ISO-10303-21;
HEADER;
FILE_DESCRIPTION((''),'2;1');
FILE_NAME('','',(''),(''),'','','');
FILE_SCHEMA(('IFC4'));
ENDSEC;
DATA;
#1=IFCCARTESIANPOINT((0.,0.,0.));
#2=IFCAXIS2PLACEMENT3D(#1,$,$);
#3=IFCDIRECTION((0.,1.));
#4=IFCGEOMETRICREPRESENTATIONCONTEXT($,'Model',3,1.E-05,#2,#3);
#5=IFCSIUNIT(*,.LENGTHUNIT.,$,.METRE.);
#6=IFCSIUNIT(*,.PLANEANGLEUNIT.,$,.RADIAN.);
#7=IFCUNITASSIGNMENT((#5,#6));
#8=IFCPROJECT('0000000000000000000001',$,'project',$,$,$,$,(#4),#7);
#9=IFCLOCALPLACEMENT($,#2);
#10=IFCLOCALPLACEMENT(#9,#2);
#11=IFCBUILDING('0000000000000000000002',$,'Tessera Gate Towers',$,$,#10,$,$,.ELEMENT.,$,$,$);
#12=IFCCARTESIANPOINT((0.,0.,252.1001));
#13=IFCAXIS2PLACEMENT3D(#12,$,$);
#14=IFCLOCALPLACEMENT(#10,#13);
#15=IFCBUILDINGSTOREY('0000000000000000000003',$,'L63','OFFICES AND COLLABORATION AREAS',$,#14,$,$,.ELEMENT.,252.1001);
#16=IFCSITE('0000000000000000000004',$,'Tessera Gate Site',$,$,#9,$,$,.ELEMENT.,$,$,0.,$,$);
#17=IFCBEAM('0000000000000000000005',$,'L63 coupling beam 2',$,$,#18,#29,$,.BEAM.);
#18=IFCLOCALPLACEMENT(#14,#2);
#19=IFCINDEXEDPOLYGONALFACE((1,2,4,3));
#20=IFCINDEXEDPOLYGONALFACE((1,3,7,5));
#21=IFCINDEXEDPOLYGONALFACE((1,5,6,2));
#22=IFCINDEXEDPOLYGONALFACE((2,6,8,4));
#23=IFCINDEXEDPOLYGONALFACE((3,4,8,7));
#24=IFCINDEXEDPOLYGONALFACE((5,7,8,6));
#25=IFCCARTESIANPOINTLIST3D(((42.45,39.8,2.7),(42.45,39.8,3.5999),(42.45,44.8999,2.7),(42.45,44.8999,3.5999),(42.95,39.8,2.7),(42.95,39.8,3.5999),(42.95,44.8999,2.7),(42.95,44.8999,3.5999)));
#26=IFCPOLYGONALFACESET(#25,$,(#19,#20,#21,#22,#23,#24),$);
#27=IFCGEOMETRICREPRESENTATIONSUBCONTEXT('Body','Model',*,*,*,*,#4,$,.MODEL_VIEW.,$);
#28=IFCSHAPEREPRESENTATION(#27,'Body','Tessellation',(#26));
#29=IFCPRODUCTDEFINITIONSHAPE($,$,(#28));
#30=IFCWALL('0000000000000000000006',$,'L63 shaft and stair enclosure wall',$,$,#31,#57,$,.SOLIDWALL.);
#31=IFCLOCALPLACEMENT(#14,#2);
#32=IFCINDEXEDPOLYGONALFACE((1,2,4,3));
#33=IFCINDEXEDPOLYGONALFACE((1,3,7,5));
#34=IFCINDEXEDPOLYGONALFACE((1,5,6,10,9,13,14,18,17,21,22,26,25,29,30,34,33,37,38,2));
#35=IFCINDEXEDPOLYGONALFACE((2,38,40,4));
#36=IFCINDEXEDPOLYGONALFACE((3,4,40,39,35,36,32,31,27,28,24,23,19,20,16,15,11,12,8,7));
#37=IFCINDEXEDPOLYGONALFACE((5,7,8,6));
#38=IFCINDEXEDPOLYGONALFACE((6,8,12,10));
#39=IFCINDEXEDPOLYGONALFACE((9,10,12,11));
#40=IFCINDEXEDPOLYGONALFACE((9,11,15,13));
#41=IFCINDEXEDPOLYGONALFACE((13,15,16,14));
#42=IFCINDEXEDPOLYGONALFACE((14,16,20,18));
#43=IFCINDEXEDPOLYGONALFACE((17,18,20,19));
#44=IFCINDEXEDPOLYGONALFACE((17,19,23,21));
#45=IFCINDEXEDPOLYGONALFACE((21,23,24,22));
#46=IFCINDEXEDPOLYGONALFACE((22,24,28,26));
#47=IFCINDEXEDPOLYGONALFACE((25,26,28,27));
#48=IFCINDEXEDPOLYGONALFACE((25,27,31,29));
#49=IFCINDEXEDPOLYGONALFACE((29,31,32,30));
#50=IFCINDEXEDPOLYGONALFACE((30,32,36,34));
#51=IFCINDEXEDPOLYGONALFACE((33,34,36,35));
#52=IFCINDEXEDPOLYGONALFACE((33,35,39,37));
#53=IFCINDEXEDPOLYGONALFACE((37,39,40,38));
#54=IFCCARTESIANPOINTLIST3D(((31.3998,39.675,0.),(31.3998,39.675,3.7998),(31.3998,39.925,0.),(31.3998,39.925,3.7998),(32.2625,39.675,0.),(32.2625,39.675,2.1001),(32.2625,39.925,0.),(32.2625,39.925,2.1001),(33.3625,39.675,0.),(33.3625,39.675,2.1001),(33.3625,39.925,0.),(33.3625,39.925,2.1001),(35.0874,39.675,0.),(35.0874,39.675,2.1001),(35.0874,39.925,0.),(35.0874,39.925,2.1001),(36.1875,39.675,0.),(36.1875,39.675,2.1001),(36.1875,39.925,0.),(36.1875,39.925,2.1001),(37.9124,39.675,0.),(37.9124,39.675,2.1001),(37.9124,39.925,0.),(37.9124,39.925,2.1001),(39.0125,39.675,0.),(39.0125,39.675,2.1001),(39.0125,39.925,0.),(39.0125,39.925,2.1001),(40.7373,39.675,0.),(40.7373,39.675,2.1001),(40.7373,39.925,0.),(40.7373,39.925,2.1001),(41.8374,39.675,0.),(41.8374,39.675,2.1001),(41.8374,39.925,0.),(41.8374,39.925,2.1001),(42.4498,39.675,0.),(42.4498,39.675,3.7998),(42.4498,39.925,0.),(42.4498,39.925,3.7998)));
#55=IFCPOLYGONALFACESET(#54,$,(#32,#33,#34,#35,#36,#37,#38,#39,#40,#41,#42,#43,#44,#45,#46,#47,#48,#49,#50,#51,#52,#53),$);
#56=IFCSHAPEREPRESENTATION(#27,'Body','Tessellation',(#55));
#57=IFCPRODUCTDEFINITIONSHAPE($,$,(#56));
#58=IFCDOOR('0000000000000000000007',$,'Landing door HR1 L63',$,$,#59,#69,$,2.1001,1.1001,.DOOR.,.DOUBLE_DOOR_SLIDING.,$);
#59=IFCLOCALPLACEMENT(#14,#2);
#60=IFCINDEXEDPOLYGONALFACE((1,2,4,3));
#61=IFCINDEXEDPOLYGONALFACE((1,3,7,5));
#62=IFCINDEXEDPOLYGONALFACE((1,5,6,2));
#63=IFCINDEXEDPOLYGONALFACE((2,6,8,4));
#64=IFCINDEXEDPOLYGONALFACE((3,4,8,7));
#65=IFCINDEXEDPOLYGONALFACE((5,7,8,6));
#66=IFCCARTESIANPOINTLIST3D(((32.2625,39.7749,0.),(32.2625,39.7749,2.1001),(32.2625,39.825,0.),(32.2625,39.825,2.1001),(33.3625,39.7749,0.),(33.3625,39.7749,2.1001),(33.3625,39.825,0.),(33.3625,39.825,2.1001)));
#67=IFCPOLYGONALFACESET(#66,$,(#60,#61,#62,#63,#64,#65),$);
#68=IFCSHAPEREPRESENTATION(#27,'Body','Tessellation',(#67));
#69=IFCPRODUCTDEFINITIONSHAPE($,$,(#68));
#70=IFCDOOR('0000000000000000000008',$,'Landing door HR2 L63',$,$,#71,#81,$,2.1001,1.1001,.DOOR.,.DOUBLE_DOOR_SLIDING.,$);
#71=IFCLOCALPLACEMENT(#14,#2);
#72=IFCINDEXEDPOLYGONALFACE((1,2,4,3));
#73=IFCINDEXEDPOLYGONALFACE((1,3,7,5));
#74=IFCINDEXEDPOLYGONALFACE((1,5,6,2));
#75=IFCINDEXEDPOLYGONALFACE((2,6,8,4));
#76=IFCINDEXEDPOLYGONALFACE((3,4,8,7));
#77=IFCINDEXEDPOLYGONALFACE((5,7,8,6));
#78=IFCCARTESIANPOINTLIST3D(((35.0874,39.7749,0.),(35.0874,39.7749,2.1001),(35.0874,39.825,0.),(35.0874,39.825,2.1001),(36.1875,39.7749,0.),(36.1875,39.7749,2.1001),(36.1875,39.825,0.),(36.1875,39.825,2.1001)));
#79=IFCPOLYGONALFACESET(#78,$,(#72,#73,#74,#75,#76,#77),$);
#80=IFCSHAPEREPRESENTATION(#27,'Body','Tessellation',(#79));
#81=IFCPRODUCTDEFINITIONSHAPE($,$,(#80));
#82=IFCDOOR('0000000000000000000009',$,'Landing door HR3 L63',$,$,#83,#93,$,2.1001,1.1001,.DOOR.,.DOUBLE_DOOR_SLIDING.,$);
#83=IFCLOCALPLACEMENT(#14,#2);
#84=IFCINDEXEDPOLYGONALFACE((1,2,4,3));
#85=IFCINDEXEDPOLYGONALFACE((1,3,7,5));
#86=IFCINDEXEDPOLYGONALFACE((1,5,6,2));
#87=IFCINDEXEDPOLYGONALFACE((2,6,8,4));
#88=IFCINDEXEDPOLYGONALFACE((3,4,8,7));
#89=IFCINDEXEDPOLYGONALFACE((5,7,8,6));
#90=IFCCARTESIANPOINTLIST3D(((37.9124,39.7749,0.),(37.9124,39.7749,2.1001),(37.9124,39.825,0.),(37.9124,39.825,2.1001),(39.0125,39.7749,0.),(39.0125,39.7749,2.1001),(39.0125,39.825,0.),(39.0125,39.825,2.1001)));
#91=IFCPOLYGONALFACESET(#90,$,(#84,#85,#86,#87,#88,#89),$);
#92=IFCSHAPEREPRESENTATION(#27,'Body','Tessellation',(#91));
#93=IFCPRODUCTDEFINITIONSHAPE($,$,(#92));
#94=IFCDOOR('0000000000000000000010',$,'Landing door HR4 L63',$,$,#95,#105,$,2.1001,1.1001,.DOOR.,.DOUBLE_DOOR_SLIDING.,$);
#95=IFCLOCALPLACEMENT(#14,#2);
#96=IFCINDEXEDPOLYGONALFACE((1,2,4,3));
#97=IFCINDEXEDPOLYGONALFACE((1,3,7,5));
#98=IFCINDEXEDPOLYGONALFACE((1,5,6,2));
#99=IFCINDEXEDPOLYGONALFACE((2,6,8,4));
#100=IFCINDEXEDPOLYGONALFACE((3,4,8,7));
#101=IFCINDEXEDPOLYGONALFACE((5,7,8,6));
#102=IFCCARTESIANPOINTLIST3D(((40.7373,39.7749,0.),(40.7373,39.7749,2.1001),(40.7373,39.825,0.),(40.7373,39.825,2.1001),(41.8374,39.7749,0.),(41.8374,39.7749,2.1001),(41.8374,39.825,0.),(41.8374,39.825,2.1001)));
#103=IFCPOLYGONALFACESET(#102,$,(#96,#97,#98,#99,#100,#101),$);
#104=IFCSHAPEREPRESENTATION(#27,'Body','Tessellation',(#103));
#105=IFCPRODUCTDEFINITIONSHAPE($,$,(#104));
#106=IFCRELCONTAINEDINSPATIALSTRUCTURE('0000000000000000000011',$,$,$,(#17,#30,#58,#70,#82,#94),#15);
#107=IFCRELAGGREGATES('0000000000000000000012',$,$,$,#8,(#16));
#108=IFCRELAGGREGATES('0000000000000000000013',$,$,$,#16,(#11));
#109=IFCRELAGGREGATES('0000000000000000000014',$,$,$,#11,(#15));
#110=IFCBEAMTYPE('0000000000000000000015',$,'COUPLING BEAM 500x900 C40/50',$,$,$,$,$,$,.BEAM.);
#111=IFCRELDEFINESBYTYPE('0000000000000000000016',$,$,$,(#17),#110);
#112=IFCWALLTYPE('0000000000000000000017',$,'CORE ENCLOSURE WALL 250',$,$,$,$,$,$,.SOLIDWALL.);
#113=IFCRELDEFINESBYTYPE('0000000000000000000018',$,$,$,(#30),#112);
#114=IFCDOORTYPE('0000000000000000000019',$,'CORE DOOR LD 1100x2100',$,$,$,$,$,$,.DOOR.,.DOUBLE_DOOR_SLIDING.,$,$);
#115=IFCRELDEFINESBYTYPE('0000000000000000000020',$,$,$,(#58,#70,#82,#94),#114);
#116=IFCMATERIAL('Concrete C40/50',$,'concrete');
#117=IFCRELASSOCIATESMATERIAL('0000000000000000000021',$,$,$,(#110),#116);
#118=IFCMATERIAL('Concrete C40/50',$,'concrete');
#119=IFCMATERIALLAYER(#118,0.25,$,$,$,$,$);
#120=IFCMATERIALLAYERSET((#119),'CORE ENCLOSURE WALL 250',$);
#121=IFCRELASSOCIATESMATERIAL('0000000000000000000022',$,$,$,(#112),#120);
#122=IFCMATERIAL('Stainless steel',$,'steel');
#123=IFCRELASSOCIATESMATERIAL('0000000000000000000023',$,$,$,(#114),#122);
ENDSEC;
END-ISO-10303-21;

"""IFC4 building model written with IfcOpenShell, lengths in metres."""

from ifc_helpers import new_model, si_unit, direction, frame, frame_2d, origin, origin_2d, place, context, subcontext, project, spatial, rectangle, extrude, source, transform, mapped, material, layer, layer_set, material_profile, profile_set, type_object, element, fill, save


model = new_model("IFC4")

# Units and contexts
model_context = context("Model", 3, precision=1e-05, world=origin(), true_north=direction((0.0, 1.0)))
body_context = subcontext(model_context, "Body", "Model", "MODEL_VIEW")
ifc_project = project(units=[si_unit("LENGTHUNIT", "METRE"), si_unit("PLANEANGLEUNIT", "RADIAN")], contexts=[model_context])

# Site, building, storey
site_placement = place(None, origin())
site = spatial("IfcSite", under=ifc_project, at=site_placement, Name="Tessera Gate Site", CompositionType="ELEMENT", RefElevation=0.0)
building_placement = place(site_placement, origin())
building = spatial("IfcBuilding", under=site, at=building_placement, Name="Tessera Gate Towers", CompositionType="ELEMENT")
storey_placement = place(building_placement, frame((0.0, 0.0, 252.1001)))
storey = spatial("IfcBuildingStorey", under=building, at=storey_placement, Name="L63", Description="OFFICES AND COLLABORATION AREAS", CompositionType="ELEMENT", Elevation=252.1001)

# Beam
ifc_material_1 = material(Name="Concrete C40/50", Category="concrete")
ifc_material_profile = material_profile(ifc_material_1, rectangle(XDim=0.5, YDim=0.8999, at=origin_2d()), Name="RC 500x900")
ifc_profile_set = profile_set([ifc_material_profile], Name="Concrete C40/50")
beam_type = type_object("IfcBeamType", Name="COUPLING BEAM 500x900 C40/50", PredefinedType="BEAM", material=ifc_profile_set)
beam_placement = place(storey_placement, frame((42.7, 39.8, 3.1499), z_axis=(0.0, 1.0, 0.0), x_axis=(-1.0, 0.0, 0.0)))
element("IfcBeam", 1, at=beam_placement, inside=storey, type_object=beam_type, Name="L63 coupling beam 2", PredefinedType="BEAM", context=body_context, shape_type="SweptSolid", body=[
    extrude(rectangle(XDim=0.5, YDim=0.8999, at=origin_2d()), origin(), (0.0, 0.0, 1.0), 5.0999),
])

# Wall, openings, doors
ifc_material_2 = material(Name="Concrete C40/50", Category="concrete")
ifc_layer_1 = layer(ifc_material_2, 0.25)
ifc_layer_set_1 = layer_set([ifc_layer_1], Name="CORE ENCLOSURE WALL 250")
wall_type_1 = type_object("IfcWallType", Name="CORE ENCLOSURE WALL 250", PredefinedType="SOLIDWALL", material=ifc_layer_set_1)
wall_1_placement = place(storey_placement, frame((31.3999, 39.8, 0.0), z_axis=(0.0, 0.0, 1.0), x_axis=(1.0, 0.0, 0.0)))
wall_1 = element("IfcWall", 2, at=wall_1_placement, inside=storey, type_object=wall_type_1, Name="L63 shaft and stair enclosure wall", PredefinedType="SOLIDWALL", context=body_context, shape_type="SweptSolid", body=[
    extrude(rectangle(XDim=11.05, YDim=0.25, at=frame_2d((5.5249, 0.0))), origin(), (0.0, 0.0, 1.0), 3.7998),
])
shared_shape_1 = source(origin(), body_context, "Body", "SweptSolid", [
    extrude(rectangle(XDim=1.1001, YDim=2.1001, at=frame_2d((0.55, 1.05))), frame((0.0, 0.135, 0.0), z_axis=(0.0, -1.0, 0.0), x_axis=(1.0, 0.0, 0.0)), (0.0, 0.0, 1.0), 0.27),
])
opening_1_placement = place(wall_1_placement, frame((0.8625, 0.0, 0.0)))
opening_1 = element("IfcOpeningElement", 3, at=opening_1_placement, cuts=wall_1, PredefinedType="OPENING", context=body_context, shape_type="MappedRepresentation", body=[
    mapped(shared_shape_1, transform((0.0, 0.0, 0.0), scale=1.0)),
])
opening_2_placement = place(wall_1_placement, frame((3.6875, 0.0, 0.0)))
opening_2 = element("IfcOpeningElement", 4, at=opening_2_placement, cuts=wall_1, PredefinedType="OPENING", context=body_context, shape_type="MappedRepresentation", body=[
    mapped(shared_shape_1, transform((0.0, 0.0, 0.0), scale=1.0)),
])
opening_3_placement = place(wall_1_placement, frame((6.5125, 0.0, 0.0)))
opening_3 = element("IfcOpeningElement", 5, at=opening_3_placement, cuts=wall_1, PredefinedType="OPENING", context=body_context, shape_type="MappedRepresentation", body=[
    mapped(shared_shape_1, transform((0.0, 0.0, 0.0), scale=1.0)),
])
opening_4_placement = place(wall_1_placement, frame((9.3374, 0.0, 0.0)))
opening_4 = element("IfcOpeningElement", 6, at=opening_4_placement, cuts=wall_1, PredefinedType="OPENING", context=body_context, shape_type="MappedRepresentation", body=[
    mapped(shared_shape_1, transform((0.0, 0.0, 0.0), scale=1.0)),
])
ifc_material_3 = material(Name="Stainless steel", Category="steel")
door_type_1 = type_object("IfcDoorType", Name="CORE DOOR LD 1100x2100", OperationType="DOUBLE_DOOR_SLIDING", PredefinedType="DOOR", material=ifc_material_3)
shared_shape_2 = source(origin(), body_context, "Body", "SweptSolid", [
    extrude(rectangle(XDim=1.1001, YDim=2.1001, at=frame_2d((0.55, 1.05))), frame((0.0, 0.0249, 0.0), z_axis=(0.0, -1.0, 0.0), x_axis=(1.0, 0.0, 0.0)), (0.0, 0.0, 1.0), 0.05),
])
door_1_placement = place(opening_1_placement, origin())
door_1 = element("IfcDoor", 7, at=door_1_placement, inside=storey, type_object=door_type_1, Name="Landing door HR1 L63", OperationType="DOUBLE_DOOR_SLIDING", OverallHeight=2.1001, OverallWidth=1.1001, PredefinedType="DOOR", context=body_context, shape_type="MappedRepresentation", body=[
    mapped(shared_shape_2, transform((0.0, 0.0, 0.0), scale=1.0)),
])
fill(opening_1, door_1)
door_2_placement = place(opening_2_placement, origin())
door_2 = element("IfcDoor", 8, at=door_2_placement, inside=storey, type_object=door_type_1, Name="Landing door HR2 L63", OperationType="DOUBLE_DOOR_SLIDING", OverallHeight=2.1001, OverallWidth=1.1001, PredefinedType="DOOR", context=body_context, shape_type="MappedRepresentation", body=[
    mapped(shared_shape_2, transform((0.0, 0.0, 0.0), scale=1.0)),
])
fill(opening_2, door_2)
door_3_placement = place(opening_3_placement, origin())
door_3 = element("IfcDoor", 9, at=door_3_placement, inside=storey, type_object=door_type_1, Name="Landing door HR3 L63", OperationType="DOUBLE_DOOR_SLIDING", OverallHeight=2.1001, OverallWidth=1.1001, PredefinedType="DOOR", context=body_context, shape_type="MappedRepresentation", body=[
    mapped(shared_shape_2, transform((0.0, 0.0, 0.0), scale=1.0)),
])
fill(opening_3, door_3)
door_4_placement = place(opening_4_placement, origin())
door_4 = element("IfcDoor", 10, at=door_4_placement, inside=storey, type_object=door_type_1, Name="Landing door HR4 L63", OperationType="DOUBLE_DOOR_SLIDING", OverallHeight=2.1001, OverallWidth=1.1001, PredefinedType="DOOR", context=body_context, shape_type="MappedRepresentation", body=[
    mapped(shared_shape_2, transform((0.0, 0.0, 0.0), scale=1.0)),
])
fill(opening_4, door_4)

save(model, "model.ifc")
